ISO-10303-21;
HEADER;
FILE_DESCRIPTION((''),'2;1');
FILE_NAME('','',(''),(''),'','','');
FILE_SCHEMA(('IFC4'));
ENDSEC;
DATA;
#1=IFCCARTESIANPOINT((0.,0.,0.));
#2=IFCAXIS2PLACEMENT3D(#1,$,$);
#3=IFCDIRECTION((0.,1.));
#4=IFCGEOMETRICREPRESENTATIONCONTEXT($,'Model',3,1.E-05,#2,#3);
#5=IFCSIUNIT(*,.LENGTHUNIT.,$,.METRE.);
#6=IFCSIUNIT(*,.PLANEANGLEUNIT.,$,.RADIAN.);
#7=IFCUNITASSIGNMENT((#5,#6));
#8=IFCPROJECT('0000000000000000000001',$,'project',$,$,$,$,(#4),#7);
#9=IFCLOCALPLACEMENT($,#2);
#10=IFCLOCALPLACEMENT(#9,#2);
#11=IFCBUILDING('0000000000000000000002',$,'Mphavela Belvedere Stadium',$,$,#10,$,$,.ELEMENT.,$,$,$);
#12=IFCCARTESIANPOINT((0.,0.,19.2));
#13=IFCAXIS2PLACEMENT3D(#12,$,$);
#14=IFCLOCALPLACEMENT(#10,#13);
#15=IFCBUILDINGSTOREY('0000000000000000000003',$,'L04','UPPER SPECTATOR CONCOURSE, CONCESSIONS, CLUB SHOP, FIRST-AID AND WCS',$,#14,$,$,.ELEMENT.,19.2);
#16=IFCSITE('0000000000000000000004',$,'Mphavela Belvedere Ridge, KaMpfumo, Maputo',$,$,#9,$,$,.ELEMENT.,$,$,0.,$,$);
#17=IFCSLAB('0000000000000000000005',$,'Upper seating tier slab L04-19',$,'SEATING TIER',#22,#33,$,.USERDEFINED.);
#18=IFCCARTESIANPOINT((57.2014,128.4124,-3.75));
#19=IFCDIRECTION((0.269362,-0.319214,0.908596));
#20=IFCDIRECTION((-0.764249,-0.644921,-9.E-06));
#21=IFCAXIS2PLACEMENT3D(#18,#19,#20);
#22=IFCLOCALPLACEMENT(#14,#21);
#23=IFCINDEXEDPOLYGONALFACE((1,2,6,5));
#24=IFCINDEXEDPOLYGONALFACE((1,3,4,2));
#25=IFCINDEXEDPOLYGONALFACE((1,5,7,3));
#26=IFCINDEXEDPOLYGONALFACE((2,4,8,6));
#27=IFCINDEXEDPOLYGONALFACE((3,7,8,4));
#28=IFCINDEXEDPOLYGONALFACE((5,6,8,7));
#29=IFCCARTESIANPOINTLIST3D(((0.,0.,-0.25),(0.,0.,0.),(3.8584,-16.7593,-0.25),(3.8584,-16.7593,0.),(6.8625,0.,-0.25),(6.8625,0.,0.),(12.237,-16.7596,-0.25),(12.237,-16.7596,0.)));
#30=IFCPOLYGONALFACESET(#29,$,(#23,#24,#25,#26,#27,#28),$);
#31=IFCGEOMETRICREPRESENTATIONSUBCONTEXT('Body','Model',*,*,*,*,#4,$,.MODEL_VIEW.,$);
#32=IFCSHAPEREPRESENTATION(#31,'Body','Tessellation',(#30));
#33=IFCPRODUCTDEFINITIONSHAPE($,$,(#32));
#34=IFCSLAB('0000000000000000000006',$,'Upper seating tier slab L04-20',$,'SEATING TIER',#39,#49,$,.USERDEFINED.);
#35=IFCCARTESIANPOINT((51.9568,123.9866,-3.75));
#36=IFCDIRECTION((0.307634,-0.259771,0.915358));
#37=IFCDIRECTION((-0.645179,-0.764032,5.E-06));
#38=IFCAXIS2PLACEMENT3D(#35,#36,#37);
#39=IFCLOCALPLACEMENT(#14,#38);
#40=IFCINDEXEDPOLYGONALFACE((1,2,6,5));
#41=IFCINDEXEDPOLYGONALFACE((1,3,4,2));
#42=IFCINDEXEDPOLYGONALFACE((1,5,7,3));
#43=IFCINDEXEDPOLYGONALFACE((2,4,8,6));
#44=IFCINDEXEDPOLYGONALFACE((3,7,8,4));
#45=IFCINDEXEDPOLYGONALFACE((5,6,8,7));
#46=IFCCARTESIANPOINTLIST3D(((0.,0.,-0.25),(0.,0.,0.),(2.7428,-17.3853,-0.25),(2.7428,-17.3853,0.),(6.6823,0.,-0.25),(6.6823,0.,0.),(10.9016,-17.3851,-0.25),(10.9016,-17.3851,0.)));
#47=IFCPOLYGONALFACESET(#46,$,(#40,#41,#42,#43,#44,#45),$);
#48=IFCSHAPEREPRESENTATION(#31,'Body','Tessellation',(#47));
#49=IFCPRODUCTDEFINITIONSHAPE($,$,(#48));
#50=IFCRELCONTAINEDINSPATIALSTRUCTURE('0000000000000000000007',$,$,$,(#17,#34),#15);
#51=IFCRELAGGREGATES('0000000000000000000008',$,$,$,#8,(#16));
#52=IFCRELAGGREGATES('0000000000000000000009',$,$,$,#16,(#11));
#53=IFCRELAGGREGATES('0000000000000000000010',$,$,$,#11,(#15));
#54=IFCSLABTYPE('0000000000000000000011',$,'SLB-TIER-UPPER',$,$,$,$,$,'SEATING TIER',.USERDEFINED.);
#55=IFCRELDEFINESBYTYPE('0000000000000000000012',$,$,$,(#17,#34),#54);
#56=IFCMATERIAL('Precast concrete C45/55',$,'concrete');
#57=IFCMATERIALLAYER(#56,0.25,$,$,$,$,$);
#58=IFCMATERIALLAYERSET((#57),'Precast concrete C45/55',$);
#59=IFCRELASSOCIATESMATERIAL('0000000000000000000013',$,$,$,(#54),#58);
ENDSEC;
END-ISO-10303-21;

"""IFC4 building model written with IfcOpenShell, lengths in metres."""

from ifc_helpers import new_model, si_unit, direction, frame, origin, place, context, subcontext, project, spatial, polyline, outline, extrude, material, layer, layer_set, type_object, element, save


model = new_model("IFC4")

# Units and contexts
model_context = context("Model", 3, precision=1e-05, world=origin(), true_north=direction((0.0, 1.0)))
body_context = subcontext(model_context, "Body", "Model", "MODEL_VIEW")
ifc_project = project(units=[si_unit("LENGTHUNIT", "METRE"), si_unit("PLANEANGLEUNIT", "RADIAN")], contexts=[model_context])

# Site, building, storey
site_placement = place(None, origin())
site = spatial("IfcSite", under=ifc_project, at=site_placement, Name="Mphavela Belvedere Ridge, KaMpfumo, Maputo", CompositionType="ELEMENT", RefElevation=0.0)
building_placement = place(site_placement, origin())
building = spatial("IfcBuilding", under=site, at=building_placement, Name="Mphavela Belvedere Stadium", CompositionType="ELEMENT")
storey_placement = place(building_placement, frame((0.0, 0.0, 19.2)))
storey = spatial("IfcBuildingStorey", under=building, at=storey_placement, Name="L04", Description="UPPER SPECTATOR CONCOURSE, CONCESSIONS, CLUB SHOP, FIRST-AID AND WCS", CompositionType="ELEMENT", Elevation=19.2)

# Slabs
ifc_material_1 = material(Name="Precast concrete C45/55", Category="concrete")
ifc_layer_1 = layer(ifc_material_1, 0.25)
ifc_layer_set_1 = layer_set([ifc_layer_1], Name="Precast concrete C45/55")
slab_type = type_object("IfcSlabType", Name="SLB-TIER-UPPER", ElementType="SEATING TIER", PredefinedType="USERDEFINED", material=ifc_layer_set_1)
slab_1_placement = place(storey_placement, frame((57.2014, 128.4124, -3.75), z_axis=(0.269362, -0.319214, 0.908596), x_axis=(-0.764249, -0.644921, -0.000009)))
element("IfcSlab", 1, at=slab_1_placement, inside=storey, type_object=slab_type, Name="Upper seating tier slab L04-19", ObjectType="SEATING TIER", PredefinedType="USERDEFINED", context=body_context, shape_type="SweptSolid", body=[
    extrude(outline(polyline([(0.0, 0.0), (6.8625, 0.0), (12.237, -16.7596), (3.8584, -16.7593), (0.0, 0.0)])), origin(), (0.0, 0.0, -1.0), 0.25),
])
slab_2_placement = place(storey_placement, frame((51.9568, 123.9866, -3.75), z_axis=(0.307634, -0.259771, 0.915358), x_axis=(-0.645179, -0.764032, 0.000005)))
element("IfcSlab", 2, at=slab_2_placement, inside=storey, type_object=slab_type, Name="Upper seating tier slab L04-20", ObjectType="SEATING TIER", PredefinedType="USERDEFINED", context=body_context, shape_type="SweptSolid", body=[
    extrude(outline(polyline([(0.0, 0.0), (6.6823, 0.0), (10.9016, -17.3851), (2.7428, -17.3853), (0.0, 0.0)])), origin(), (0.0, 0.0, -1.0), 0.25),
])

save(model, "model.ifc")
